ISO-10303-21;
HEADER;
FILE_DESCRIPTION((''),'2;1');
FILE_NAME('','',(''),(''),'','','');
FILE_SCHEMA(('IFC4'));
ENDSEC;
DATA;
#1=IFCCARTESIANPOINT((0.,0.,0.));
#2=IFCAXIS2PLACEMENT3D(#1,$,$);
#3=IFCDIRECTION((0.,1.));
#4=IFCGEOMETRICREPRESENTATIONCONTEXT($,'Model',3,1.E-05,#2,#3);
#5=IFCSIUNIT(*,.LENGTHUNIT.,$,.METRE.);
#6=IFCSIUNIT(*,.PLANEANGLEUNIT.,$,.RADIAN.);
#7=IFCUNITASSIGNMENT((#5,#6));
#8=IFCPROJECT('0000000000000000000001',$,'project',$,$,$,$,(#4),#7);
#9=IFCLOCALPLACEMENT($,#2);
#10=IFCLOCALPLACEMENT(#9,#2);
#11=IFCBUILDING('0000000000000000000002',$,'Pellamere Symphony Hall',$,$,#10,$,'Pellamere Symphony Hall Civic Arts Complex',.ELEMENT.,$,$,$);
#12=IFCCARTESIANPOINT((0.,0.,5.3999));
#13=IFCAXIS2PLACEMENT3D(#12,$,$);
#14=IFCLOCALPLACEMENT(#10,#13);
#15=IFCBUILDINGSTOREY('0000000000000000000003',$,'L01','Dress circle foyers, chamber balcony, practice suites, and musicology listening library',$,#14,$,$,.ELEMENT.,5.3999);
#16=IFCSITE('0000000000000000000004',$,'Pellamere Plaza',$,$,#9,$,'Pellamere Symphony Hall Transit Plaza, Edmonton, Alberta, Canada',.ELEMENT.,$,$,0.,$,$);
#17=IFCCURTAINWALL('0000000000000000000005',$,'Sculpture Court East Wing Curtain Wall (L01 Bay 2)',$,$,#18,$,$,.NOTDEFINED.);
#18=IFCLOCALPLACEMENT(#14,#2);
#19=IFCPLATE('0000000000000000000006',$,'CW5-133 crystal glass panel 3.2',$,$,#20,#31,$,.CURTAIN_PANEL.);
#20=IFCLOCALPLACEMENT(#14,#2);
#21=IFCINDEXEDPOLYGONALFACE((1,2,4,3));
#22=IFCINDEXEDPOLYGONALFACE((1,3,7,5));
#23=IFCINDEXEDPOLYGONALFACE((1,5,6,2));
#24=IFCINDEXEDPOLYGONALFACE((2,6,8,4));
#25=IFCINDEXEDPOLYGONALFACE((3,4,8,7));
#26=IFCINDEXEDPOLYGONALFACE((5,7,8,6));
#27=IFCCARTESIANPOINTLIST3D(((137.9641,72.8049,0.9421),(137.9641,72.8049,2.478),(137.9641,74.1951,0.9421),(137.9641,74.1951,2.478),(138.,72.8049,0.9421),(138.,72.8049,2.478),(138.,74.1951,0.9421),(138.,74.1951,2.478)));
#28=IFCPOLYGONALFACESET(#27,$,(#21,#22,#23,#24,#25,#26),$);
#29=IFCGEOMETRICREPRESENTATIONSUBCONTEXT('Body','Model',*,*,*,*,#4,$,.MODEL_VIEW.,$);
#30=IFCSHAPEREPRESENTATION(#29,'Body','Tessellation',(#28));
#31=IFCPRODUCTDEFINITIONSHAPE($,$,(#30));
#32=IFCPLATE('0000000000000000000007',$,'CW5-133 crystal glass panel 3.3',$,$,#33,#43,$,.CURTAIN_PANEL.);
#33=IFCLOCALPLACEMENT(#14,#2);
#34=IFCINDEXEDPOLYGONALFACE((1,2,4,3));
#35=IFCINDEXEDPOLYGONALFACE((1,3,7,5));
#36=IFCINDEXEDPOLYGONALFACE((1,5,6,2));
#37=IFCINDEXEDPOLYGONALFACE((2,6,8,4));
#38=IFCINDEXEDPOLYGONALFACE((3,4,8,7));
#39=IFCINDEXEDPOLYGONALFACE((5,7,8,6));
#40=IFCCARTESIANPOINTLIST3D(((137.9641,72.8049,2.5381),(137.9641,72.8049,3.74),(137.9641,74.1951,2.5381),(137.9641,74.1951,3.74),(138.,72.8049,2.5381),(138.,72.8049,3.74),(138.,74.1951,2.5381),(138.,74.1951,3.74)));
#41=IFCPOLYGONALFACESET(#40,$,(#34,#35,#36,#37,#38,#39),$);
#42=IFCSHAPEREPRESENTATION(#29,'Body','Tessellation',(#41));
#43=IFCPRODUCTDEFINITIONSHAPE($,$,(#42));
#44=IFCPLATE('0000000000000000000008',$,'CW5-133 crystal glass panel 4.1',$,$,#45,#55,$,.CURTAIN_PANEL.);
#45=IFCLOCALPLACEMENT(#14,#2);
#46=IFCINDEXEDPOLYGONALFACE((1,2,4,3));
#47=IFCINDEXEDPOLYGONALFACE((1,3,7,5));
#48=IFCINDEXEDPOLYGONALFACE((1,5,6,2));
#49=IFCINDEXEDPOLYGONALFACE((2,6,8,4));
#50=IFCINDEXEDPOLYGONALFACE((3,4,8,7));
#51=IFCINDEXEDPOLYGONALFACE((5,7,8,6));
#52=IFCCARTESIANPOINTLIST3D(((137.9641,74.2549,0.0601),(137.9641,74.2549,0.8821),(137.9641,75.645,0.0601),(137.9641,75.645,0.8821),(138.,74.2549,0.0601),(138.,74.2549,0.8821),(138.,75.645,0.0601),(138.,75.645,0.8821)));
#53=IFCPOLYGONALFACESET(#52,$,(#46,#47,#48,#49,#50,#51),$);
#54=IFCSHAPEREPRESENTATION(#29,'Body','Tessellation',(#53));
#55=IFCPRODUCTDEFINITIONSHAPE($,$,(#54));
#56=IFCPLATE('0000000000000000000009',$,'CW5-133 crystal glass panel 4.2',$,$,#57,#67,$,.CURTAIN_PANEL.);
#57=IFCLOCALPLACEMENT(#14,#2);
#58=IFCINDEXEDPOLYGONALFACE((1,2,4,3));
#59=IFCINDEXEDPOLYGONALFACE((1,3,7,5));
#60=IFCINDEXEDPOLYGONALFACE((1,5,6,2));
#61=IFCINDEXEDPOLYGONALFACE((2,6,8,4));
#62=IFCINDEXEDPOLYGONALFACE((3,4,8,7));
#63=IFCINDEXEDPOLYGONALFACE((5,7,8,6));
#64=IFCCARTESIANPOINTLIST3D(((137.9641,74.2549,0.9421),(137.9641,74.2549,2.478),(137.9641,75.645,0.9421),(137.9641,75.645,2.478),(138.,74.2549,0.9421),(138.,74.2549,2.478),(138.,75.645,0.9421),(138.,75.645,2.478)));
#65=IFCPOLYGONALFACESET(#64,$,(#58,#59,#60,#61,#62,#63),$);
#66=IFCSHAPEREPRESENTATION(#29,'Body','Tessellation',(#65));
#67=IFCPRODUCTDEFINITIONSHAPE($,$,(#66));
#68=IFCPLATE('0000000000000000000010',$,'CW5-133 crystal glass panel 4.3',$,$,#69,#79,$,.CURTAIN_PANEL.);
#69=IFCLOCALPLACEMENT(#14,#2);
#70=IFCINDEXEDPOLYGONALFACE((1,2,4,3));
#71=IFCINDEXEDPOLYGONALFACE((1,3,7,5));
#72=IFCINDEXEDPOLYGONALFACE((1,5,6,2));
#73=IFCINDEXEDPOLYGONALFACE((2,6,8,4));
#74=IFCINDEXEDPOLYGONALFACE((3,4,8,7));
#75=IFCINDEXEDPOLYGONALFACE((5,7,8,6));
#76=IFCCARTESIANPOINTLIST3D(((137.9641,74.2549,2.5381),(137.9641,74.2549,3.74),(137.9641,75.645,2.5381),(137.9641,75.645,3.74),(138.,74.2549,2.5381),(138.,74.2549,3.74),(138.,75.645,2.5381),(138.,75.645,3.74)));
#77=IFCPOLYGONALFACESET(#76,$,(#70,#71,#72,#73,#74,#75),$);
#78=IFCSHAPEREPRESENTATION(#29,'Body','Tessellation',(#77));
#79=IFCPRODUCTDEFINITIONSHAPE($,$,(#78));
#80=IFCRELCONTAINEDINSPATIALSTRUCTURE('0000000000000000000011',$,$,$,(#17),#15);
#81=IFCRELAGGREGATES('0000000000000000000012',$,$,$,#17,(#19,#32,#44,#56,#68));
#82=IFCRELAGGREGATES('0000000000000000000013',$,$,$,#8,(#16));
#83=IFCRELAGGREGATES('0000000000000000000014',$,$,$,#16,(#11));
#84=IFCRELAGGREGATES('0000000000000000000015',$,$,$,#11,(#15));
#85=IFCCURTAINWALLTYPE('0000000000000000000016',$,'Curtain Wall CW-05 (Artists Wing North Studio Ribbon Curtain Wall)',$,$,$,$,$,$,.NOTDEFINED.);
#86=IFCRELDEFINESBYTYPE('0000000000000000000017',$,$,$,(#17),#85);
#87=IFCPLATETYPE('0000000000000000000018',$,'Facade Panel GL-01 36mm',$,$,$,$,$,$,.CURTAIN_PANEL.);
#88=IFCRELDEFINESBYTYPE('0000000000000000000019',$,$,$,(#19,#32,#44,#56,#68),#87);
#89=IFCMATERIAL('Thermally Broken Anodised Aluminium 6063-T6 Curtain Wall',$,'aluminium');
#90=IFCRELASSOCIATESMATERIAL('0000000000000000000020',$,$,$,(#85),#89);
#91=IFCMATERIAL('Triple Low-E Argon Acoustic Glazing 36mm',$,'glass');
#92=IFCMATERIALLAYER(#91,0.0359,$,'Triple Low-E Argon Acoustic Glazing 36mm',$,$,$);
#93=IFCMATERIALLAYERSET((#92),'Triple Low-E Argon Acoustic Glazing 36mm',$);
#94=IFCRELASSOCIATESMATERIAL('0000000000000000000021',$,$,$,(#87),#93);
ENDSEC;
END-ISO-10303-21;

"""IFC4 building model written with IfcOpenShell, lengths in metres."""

from ifc_helpers import new_model, si_unit, direction, frame, origin, place, context, subcontext, project, spatial, polyline, outline, extrude, material, layer, layer_set, type_object, element, aggregate, save


model = new_model("IFC4")

# Units and contexts
model_context = context("Model", 3, precision=1e-05, world=origin(), true_north=direction((0.0, 1.0)))
body_context = subcontext(model_context, "Body", "Model", "MODEL_VIEW")
ifc_project = project(units=[si_unit("LENGTHUNIT", "METRE"), si_unit("PLANEANGLEUNIT", "RADIAN")], contexts=[model_context])

# Site, building, storey
site_placement = place(None, origin())
site = spatial("IfcSite", under=ifc_project, at=site_placement, Name="Pellamere Plaza", LongName="Pellamere Symphony Hall Transit Plaza, Edmonton, Alberta, Canada", CompositionType="ELEMENT", RefElevation=0.0)
building_placement = place(site_placement, origin())
building = spatial("IfcBuilding", under=site, at=building_placement, Name="Pellamere Symphony Hall", LongName="Pellamere Symphony Hall Civic Arts Complex", CompositionType="ELEMENT")
storey_placement = place(building_placement, frame((0.0, 0.0, 5.3999)))
storey = spatial("IfcBuildingStorey", under=building, at=storey_placement, Name="L01", Description="Dress circle foyers, chamber balcony, practice suites, and musicology listening library", CompositionType="ELEMENT", Elevation=5.3999)

# Shared definitions
ifc_material_1 = material(Name="Thermally Broken Anodised Aluminium 6063-T6 Curtain Wall", Category="aluminium")
curtain_wall_type = type_object("IfcCurtainWallType", Name="Curtain Wall CW-05 (Artists Wing North Studio Ribbon Curtain Wall)", PredefinedType="NOTDEFINED", material=ifc_material_1)

# Curtain wall
curtain_wall_1_placement = place(storey_placement, origin())
curtain_wall_1 = element("IfcCurtainWall", 1, at=curtain_wall_1_placement, inside=storey, type_object=curtain_wall_type, Name="Sculpture Court East Wing Curtain Wall (L01 Bay 2)", PredefinedType="NOTDEFINED")

# Plates
ifc_material_2 = material(Name="Triple Low-E Argon Acoustic Glazing 36mm", Category="glass")
ifc_layer = layer(ifc_material_2, 0.0359, Name="Triple Low-E Argon Acoustic Glazing 36mm")
ifc_layer_set = layer_set([ifc_layer], Name="Triple Low-E Argon Acoustic Glazing 36mm")
plate_type = type_object("IfcPlateType", Name="Facade Panel GL-01 36mm", PredefinedType="CURTAIN_PANEL", material=ifc_layer_set)
plate_1_placement = place(storey_placement, frame((138.0, 72.8049, 0.9421), z_axis=(1.0, 0.0, 0.0), x_axis=(0.0, 1.0, 0.0)))
plate_1 = element("IfcPlate", 2, at=plate_1_placement, type_object=plate_type, Name="CW5-133 crystal glass panel 3.2", PredefinedType="CURTAIN_PANEL", context=body_context, shape_type="SweptSolid", body=[
    extrude(outline(polyline([(0.0, 0.0), (1.3901, 0.0), (1.3901, 1.5359), (0.0, 1.5359), (0.0, 0.0)])), origin(), (0.0, 0.0, -1.0), 0.0359),
])
plate_2_placement = place(storey_placement, frame((138.0, 72.8049, 2.5381), z_axis=(1.0, 0.0, 0.0), x_axis=(0.0, 1.0, 0.0)))
plate_2 = element("IfcPlate", 3, at=plate_2_placement, type_object=plate_type, Name="CW5-133 crystal glass panel 3.3", PredefinedType="CURTAIN_PANEL", context=body_context, shape_type="SweptSolid", body=[
    extrude(outline(polyline([(0.0, 0.0), (1.3901, 0.0), (1.3901, 1.2019), (0.0, 1.2019), (0.0, 0.0)])), origin(), (0.0, 0.0, -1.0), 0.0359),
])
plate_3_placement = place(storey_placement, frame((138.0, 74.2549, 0.0601), z_axis=(1.0, 0.0, 0.0), x_axis=(0.0, 1.0, 0.0)))
plate_3 = element("IfcPlate", 4, at=plate_3_placement, type_object=plate_type, Name="CW5-133 crystal glass panel 4.1", PredefinedType="CURTAIN_PANEL", context=body_context, shape_type="SweptSolid", body=[
    extrude(outline(polyline([(0.0, 0.0), (1.3901, 0.0), (1.3901, 0.822), (0.0, 0.822), (0.0, 0.0)])), origin(), (0.0, 0.0, -1.0), 0.0359),
])
plate_4_placement = place(storey_placement, frame((138.0, 74.2549, 0.9421), z_axis=(1.0, 0.0, 0.0), x_axis=(0.0, 1.0, 0.0)))
plate_4 = element("IfcPlate", 5, at=plate_4_placement, type_object=plate_type, Name="CW5-133 crystal glass panel 4.2", PredefinedType="CURTAIN_PANEL", context=body_context, shape_type="SweptSolid", body=[
    extrude(outline(polyline([(0.0, 0.0), (1.3901, 0.0), (1.3901, 1.5359), (0.0, 1.5359), (0.0, 0.0)])), origin(), (0.0, 0.0, -1.0), 0.0359),
])
plate_5_placement = place(storey_placement, frame((138.0, 74.2549, 2.5381), z_axis=(1.0, 0.0, 0.0), x_axis=(0.0, 1.0, 0.0)))
plate_5 = element("IfcPlate", 6, at=plate_5_placement, type_object=plate_type, Name="CW5-133 crystal glass panel 4.3", PredefinedType="CURTAIN_PANEL", context=body_context, shape_type="SweptSolid", body=[
    extrude(outline(polyline([(0.0, 0.0), (1.3901, 0.0), (1.3901, 1.2019), (0.0, 1.2019), (0.0, 0.0)])), origin(), (0.0, 0.0, -1.0), 0.0359),
])
aggregate(curtain_wall_1, [plate_1, plate_2, plate_3, plate_4, plate_5])

save(model, "model.ifc")
